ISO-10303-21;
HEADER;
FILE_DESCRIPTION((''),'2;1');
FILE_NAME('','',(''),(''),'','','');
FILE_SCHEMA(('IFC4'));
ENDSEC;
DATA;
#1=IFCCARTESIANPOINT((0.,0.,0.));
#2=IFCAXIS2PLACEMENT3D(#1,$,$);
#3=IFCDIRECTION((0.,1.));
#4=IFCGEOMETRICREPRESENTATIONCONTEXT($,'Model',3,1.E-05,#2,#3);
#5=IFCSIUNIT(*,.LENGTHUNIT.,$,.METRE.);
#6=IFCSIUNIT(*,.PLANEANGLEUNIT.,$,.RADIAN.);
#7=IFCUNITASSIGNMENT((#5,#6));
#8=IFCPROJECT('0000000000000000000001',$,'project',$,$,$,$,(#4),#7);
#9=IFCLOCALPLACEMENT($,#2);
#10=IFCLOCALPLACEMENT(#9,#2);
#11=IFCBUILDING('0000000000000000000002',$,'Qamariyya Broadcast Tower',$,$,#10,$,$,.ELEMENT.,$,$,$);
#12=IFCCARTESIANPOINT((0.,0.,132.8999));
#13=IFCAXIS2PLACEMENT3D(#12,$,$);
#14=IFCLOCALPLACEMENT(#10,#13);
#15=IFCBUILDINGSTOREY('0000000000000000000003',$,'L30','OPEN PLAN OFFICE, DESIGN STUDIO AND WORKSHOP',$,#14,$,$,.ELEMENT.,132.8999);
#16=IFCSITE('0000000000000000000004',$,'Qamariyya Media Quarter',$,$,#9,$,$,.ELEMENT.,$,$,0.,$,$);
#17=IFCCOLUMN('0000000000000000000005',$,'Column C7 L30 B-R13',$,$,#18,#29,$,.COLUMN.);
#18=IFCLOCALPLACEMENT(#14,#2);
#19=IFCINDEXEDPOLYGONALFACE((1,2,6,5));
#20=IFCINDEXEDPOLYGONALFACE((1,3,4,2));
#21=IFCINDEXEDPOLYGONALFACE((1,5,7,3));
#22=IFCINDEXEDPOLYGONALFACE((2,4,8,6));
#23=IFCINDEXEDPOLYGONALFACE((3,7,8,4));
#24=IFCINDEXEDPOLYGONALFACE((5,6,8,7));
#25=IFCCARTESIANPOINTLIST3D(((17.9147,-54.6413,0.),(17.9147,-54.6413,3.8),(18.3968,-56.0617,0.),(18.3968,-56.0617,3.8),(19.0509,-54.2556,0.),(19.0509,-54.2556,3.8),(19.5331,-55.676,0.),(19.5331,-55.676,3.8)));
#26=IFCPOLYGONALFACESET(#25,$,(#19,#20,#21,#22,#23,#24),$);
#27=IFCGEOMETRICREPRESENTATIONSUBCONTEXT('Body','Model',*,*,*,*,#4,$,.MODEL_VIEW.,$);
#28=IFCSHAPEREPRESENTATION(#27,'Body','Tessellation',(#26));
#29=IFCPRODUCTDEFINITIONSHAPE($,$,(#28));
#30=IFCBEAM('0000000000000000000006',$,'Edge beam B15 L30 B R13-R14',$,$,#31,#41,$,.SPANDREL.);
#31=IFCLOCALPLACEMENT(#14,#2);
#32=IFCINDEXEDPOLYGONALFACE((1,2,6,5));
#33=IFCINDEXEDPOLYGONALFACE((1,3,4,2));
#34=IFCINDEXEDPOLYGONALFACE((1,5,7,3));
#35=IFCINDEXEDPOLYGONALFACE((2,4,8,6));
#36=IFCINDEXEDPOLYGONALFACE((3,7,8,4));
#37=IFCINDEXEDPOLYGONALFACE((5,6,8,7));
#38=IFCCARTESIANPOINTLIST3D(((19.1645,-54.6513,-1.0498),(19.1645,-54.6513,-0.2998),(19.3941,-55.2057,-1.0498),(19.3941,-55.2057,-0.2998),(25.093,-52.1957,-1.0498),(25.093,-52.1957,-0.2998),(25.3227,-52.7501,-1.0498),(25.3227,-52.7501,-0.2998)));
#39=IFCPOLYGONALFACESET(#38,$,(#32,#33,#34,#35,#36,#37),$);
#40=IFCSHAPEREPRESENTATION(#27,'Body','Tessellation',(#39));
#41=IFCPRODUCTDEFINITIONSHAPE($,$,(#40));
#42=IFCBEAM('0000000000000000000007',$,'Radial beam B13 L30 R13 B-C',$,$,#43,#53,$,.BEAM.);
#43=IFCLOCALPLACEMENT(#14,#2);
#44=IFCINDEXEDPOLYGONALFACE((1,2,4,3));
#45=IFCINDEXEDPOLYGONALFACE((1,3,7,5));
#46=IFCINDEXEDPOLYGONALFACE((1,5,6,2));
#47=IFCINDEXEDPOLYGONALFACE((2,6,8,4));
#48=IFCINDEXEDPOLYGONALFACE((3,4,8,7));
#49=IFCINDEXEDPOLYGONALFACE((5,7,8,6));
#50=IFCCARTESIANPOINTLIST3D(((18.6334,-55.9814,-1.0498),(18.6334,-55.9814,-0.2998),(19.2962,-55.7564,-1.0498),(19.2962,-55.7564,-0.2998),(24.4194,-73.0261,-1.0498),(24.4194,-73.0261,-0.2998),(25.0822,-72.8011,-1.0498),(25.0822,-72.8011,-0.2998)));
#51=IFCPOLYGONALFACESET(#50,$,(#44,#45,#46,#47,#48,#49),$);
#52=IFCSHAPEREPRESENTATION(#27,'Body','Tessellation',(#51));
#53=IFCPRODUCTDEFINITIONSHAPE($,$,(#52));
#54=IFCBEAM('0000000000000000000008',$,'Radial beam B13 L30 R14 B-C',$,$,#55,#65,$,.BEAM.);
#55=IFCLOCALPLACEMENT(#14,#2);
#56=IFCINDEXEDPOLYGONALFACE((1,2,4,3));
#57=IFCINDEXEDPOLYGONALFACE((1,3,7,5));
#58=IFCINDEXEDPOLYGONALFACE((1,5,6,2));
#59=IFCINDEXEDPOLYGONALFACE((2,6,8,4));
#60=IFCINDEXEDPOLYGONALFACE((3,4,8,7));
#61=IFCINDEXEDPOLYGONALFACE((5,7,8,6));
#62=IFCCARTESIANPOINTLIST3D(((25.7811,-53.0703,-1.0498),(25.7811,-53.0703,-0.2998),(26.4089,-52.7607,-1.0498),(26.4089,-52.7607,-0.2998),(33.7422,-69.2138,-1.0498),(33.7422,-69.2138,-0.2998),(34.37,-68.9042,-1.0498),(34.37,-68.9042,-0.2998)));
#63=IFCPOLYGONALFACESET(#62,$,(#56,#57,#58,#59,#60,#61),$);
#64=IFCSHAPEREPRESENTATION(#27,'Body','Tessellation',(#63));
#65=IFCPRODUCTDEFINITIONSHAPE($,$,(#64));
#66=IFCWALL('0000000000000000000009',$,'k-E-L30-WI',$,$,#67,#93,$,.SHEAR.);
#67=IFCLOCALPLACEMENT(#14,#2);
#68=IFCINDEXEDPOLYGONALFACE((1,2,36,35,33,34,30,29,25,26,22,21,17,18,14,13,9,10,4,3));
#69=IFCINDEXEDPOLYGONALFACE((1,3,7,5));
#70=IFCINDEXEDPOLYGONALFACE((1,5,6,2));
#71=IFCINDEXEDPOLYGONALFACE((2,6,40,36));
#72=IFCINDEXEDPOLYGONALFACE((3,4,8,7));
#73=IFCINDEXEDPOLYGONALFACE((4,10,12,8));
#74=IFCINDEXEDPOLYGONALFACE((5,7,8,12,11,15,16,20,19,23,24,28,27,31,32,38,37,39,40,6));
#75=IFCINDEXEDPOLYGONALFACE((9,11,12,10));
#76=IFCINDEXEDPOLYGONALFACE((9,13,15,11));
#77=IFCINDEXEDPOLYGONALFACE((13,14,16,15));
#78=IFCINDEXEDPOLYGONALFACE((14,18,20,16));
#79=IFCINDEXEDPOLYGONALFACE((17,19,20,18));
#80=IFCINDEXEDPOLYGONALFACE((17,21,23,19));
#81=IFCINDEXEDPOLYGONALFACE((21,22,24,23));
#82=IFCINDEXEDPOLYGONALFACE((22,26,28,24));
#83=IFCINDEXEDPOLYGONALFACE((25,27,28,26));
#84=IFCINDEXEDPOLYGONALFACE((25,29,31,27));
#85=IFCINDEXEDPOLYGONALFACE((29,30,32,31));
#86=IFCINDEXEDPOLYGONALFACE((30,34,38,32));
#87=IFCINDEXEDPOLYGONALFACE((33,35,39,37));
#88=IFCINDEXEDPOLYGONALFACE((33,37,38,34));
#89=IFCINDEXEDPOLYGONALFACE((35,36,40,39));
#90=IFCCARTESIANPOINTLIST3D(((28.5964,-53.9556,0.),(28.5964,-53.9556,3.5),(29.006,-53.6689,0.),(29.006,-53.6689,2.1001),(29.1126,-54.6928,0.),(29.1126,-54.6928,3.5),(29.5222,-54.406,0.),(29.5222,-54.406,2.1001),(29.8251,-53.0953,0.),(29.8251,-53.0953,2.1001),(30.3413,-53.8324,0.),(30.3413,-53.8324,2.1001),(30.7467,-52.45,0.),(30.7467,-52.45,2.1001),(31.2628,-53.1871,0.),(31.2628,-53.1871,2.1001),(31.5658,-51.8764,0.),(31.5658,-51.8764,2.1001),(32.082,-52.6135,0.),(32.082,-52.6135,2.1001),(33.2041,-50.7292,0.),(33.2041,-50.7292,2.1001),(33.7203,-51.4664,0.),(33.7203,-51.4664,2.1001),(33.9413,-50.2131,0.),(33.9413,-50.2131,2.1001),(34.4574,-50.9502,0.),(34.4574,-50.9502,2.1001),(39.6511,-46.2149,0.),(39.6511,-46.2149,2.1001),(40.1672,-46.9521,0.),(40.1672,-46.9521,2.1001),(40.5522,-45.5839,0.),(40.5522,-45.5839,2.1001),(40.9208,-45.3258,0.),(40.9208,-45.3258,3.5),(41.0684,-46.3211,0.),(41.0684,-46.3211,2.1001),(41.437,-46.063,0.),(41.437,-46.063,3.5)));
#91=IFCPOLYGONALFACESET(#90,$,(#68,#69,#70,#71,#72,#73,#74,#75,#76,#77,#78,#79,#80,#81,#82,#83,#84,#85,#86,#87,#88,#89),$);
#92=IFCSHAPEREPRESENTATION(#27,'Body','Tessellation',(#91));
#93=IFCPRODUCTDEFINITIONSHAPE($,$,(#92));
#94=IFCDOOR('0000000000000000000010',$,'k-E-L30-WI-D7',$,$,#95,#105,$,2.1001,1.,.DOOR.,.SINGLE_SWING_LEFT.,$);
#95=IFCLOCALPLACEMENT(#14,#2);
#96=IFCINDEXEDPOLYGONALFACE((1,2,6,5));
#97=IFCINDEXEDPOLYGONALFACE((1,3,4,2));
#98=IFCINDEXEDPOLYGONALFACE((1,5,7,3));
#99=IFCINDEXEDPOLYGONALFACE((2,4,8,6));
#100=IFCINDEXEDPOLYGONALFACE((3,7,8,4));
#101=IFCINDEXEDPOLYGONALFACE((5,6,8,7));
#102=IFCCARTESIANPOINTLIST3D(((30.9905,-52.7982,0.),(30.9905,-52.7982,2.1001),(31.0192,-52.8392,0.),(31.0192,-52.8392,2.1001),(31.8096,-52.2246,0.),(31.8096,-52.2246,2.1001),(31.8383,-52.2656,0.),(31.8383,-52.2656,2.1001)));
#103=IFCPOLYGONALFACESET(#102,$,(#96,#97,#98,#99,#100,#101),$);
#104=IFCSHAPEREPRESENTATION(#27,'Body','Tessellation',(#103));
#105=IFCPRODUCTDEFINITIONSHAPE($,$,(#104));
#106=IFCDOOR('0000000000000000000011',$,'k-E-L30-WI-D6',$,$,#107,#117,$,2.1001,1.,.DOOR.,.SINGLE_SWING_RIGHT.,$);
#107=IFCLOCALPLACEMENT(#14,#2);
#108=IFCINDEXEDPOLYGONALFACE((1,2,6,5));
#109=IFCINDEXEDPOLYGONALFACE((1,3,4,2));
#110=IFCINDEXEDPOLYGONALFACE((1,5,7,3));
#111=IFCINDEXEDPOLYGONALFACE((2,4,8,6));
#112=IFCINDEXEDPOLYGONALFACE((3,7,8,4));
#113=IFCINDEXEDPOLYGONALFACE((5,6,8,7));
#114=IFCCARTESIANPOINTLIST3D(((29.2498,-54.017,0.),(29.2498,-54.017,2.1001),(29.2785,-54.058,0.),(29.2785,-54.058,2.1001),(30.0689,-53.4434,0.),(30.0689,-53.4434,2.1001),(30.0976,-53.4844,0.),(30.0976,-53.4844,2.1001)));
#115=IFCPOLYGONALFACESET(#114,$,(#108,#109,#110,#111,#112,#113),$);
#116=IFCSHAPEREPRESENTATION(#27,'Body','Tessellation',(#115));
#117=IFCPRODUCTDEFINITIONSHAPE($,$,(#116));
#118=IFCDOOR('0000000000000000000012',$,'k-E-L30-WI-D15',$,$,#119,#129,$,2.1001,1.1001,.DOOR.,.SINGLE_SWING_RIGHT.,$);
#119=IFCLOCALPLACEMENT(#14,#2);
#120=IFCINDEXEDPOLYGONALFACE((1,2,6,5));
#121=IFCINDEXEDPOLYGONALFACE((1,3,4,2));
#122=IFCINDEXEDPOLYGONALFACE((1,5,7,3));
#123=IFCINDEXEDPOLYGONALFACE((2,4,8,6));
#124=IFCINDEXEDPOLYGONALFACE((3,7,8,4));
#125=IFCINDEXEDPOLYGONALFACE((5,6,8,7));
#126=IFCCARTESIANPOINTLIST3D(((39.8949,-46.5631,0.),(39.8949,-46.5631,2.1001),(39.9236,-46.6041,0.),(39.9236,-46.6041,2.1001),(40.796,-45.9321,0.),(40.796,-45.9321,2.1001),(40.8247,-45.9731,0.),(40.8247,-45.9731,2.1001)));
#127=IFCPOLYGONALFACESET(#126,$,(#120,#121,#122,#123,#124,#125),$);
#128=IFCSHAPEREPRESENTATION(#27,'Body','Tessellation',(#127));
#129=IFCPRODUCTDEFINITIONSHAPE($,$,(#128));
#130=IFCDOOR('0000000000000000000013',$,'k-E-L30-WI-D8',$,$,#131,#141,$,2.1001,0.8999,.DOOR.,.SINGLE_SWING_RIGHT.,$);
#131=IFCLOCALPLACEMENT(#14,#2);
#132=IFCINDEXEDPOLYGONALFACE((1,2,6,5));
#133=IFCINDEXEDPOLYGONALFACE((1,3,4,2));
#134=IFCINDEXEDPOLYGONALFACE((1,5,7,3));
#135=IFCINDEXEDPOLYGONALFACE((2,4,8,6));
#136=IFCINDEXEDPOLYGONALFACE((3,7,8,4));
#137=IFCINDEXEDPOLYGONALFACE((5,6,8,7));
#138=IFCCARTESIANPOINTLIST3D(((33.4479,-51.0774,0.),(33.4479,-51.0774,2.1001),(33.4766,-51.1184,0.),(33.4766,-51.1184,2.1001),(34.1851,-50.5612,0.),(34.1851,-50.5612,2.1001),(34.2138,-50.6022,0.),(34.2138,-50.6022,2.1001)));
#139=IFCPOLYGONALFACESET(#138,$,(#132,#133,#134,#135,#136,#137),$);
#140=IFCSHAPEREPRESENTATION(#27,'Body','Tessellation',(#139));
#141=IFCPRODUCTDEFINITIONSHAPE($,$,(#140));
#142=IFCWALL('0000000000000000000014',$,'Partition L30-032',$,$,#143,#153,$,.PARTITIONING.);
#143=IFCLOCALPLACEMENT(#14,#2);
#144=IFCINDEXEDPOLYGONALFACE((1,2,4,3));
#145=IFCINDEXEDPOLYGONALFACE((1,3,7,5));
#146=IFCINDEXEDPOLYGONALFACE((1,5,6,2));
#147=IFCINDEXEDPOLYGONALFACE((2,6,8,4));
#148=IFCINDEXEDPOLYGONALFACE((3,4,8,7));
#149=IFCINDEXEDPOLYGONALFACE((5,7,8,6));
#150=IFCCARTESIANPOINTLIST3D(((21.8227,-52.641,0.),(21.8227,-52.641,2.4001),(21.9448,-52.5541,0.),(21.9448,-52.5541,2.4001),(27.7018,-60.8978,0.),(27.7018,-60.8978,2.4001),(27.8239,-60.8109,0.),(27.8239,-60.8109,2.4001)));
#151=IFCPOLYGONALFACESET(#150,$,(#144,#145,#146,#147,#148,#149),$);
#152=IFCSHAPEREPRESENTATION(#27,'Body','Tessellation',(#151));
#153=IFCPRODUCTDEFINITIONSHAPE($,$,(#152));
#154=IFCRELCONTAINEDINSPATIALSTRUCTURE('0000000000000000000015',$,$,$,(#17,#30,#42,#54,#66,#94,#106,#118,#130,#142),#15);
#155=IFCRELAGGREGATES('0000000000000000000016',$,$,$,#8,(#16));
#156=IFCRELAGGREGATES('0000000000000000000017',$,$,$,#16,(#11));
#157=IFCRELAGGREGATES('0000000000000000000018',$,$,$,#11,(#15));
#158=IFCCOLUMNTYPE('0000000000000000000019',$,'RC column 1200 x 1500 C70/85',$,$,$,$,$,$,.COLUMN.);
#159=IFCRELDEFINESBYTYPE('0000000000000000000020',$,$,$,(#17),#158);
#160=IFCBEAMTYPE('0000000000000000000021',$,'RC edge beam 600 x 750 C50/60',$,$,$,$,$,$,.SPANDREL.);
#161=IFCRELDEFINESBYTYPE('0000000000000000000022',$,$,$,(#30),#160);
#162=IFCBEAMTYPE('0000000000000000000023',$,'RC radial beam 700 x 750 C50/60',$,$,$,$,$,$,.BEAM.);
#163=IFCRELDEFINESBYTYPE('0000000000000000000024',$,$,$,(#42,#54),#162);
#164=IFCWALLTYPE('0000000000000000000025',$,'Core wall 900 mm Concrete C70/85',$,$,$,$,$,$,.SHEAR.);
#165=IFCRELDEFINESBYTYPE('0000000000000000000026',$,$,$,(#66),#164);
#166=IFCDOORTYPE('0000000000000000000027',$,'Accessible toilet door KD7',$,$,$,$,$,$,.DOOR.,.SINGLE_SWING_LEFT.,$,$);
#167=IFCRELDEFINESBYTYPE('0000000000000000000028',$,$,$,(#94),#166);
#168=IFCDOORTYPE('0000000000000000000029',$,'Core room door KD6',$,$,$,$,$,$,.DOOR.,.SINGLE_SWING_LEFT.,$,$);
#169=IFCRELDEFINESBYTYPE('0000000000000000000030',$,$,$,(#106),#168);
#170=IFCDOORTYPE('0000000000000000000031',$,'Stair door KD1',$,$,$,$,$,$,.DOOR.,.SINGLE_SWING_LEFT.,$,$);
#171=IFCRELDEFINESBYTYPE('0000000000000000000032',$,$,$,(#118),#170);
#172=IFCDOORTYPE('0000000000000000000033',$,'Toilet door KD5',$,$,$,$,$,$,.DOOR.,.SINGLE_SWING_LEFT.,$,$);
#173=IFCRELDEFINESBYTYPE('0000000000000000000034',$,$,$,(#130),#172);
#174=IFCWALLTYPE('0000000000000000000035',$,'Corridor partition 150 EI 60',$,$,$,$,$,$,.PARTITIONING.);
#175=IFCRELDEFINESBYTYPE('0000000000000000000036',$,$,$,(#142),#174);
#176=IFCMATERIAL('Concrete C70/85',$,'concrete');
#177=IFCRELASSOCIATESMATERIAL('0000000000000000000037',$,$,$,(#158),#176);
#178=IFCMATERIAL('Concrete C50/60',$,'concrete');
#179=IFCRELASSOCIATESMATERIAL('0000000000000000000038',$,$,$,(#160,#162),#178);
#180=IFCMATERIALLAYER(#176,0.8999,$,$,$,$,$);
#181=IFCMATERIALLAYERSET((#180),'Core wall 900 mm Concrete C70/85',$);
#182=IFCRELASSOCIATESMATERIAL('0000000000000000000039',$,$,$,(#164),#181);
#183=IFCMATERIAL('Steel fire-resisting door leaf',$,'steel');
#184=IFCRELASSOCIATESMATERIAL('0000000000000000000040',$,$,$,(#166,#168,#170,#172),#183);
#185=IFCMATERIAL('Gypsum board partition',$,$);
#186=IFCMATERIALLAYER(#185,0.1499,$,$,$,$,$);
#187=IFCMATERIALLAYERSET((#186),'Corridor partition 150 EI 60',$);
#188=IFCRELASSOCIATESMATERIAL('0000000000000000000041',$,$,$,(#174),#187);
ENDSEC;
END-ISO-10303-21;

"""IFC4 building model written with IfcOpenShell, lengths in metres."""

from ifc_helpers import new_model, si_unit, direction, frame, frame_2d, origin, origin_2d, place, context, subcontext, project, spatial, rectangle, extrude, material, layer, layer_set, material_profile, profile_set, type_object, element, fill, save


model = new_model("IFC4")

# Units and contexts
model_context = context("Model", 3, precision=1e-05, world=origin(), true_north=direction((0.0, 1.0)))
body_context = subcontext(model_context, "Body", "Model", "MODEL_VIEW")
ifc_project = project(units=[si_unit("LENGTHUNIT", "METRE"), si_unit("PLANEANGLEUNIT", "RADIAN")], contexts=[model_context])

# Site, building, storey
site_placement = place(None, origin())
site = spatial("IfcSite", under=ifc_project, at=site_placement, Name="Qamariyya Media Quarter", CompositionType="ELEMENT", RefElevation=0.0)
building_placement = place(site_placement, origin())
building = spatial("IfcBuilding", under=site, at=building_placement, Name="Qamariyya Broadcast Tower", CompositionType="ELEMENT")
storey_placement = place(building_placement, frame((0.0, 0.0, 132.8999)))
storey = spatial("IfcBuildingStorey", under=building, at=storey_placement, Name="L30", Description="OPEN PLAN OFFICE, DESIGN STUDIO AND WORKSHOP", CompositionType="ELEMENT", Elevation=132.8999)

# Column
ifc_material_1 = material(Name="Concrete C70/85", Category="concrete")
ifc_material_profile_1 = material_profile(ifc_material_1, rectangle(XDim=1.2, YDim=1.5, at=origin_2d()))
ifc_profile_set_1 = profile_set([ifc_material_profile_1], Name="Concrete C70/85")
column_type = type_object("IfcColumnType", Name="RC column 1200 x 1500 C70/85", PredefinedType="COLUMN", material=ifc_profile_set_1)
column_placement = place(storey_placement, frame((18.7239, -55.1587, 0.0), z_axis=(0.0, 0.0, 1.0), x_axis=(0.94693, 0.321439, 0.0)))
element("IfcColumn", 1, at=column_placement, inside=storey, type_object=column_type, Name="Column C7 L30 B-R13", PredefinedType="COLUMN", context=body_context, shape_type="SweptSolid", body=[
    extrude(rectangle(XDim=1.2, YDim=1.5, at=origin_2d()), origin(), (0.0, 0.0, 1.0), 3.8),
])

# Beams
ifc_material_2 = material(Name="Concrete C50/60", Category="concrete")
ifc_material_profile_2 = material_profile(ifc_material_2, rectangle(XDim=0.6001, YDim=0.75, at=origin_2d()))
ifc_profile_set_2 = profile_set([ifc_material_profile_2], Name="Concrete C50/60")
beam_type_1 = type_object("IfcBeamType", Name="RC edge beam 600 x 750 C50/60", PredefinedType="SPANDREL", material=ifc_profile_set_2)
beam_1_placement = place(storey_placement, frame((19.2793, -54.9285, -0.6748), z_axis=(0.923884, 0.382672, 0.0), x_axis=(-0.382672, 0.923884, 0.0)))
element("IfcBeam", 2, at=beam_1_placement, inside=storey, type_object=beam_type_1, Name="Edge beam B15 L30 B R13-R14", PredefinedType="SPANDREL", context=body_context, shape_type="SweptSolid", body=[
    extrude(rectangle(XDim=0.6001, YDim=0.75, at=origin_2d()), origin(), (0.0, 0.0, 1.0), 6.417),
])
ifc_material_profile_3 = material_profile(ifc_material_2, rectangle(XDim=0.7, YDim=0.75, at=origin_2d()))
ifc_profile_set_3 = profile_set([ifc_material_profile_3], Name="Concrete C50/60")
beam_type_2 = type_object("IfcBeamType", Name="RC radial beam 700 x 750 C50/60", PredefinedType="BEAM", material=ifc_profile_set_3)
beam_2_placement = place(storey_placement, frame((18.9648, -55.8689, -0.6748), z_axis=(0.321439, -0.94693, 0.0), x_axis=(0.94693, 0.321439, 0.0)))
element("IfcBeam", 3, at=beam_2_placement, inside=storey, type_object=beam_type_2, Name="Radial beam B13 L30 R13 B-C", PredefinedType="BEAM", context=body_context, shape_type="SweptSolid", body=[
    extrude(rectangle(XDim=0.7, YDim=0.75, at=origin_2d()), origin(), (0.0, 0.0, 1.0), 18.0),
])
beam_3_placement = place(storey_placement, frame((26.095, -52.9155, -0.6748), z_axis=(0.442291, -0.896871, 0.0), x_axis=(0.896871, 0.442291, 0.0)))
element("IfcBeam", 4, at=beam_3_placement, inside=storey, type_object=beam_type_2, Name="Radial beam B13 L30 R14 B-C", PredefinedType="BEAM", context=body_context, shape_type="SweptSolid", body=[
    extrude(rectangle(XDim=0.7, YDim=0.75, at=origin_2d()), origin(), (0.0, 0.0, 1.0), 17.9998),
])

# Wall, openings, doors
ifc_layer_1 = layer(ifc_material_1, 0.8999)
ifc_layer_set_1 = layer_set([ifc_layer_1], Name="Core wall 900 mm Concrete C70/85")
wall_type_1 = type_object("IfcWallType", Name="Core wall 900 mm Concrete C70/85", PredefinedType="SHEAR", material=ifc_layer_set_1)
wall_1_placement = place(storey_placement, frame((28.8545, -54.3242, 0.0), z_axis=(0.0, 0.0, 1.0), x_axis=(0.819146, 0.573585, 0.0)))
wall_1 = element("IfcWall", 5, at=wall_1_placement, inside=storey, type_object=wall_type_1, Name="k-E-L30-WI", PredefinedType="SHEAR", context=body_context, shape_type="SweptSolid", body=[
    extrude(rectangle(XDim=15.0454, YDim=0.8999, at=frame_2d((7.5227, 0.0))), origin(), (0.0, 0.0, 1.0), 3.5),
])
opening_1_placement = place(wall_1_placement, frame((0.5, 0.0, 0.0)))
opening_1 = element("IfcOpeningElement", 6, at=opening_1_placement, cuts=wall_1, PredefinedType="OPENING", context=body_context, shape_type="SweptSolid", body=[
    extrude(rectangle(XDim=1.0, YDim=2.1001, at=frame_2d((0.5, 1.05))), frame((0.0, 0.46, 0.0), z_axis=(0.0, -1.0, 0.0), x_axis=(1.0, 0.0, 0.0)), (0.0, 0.0, 1.0), 0.9199),
])
opening_2_placement = place(wall_1_placement, frame((2.625, 0.0, 0.0)))
opening_2 = element("IfcOpeningElement", 7, at=opening_2_placement, cuts=wall_1, PredefinedType="OPENING", context=body_context, shape_type="SweptSolid", body=[
    extrude(rectangle(XDim=1.0, YDim=2.1001, at=frame_2d((0.5, 1.05))), frame((0.0, 0.46, 0.0), z_axis=(0.0, -1.0, 0.0), x_axis=(1.0, 0.0, 0.0)), (0.0, 0.0, 1.0), 0.9199),
])
opening_3_placement = place(wall_1_placement, frame((5.625, 0.0, 0.0)))
opening_3 = element("IfcOpeningElement", 8, at=opening_3_placement, cuts=wall_1, PredefinedType="OPENING", context=body_context, shape_type="SweptSolid", body=[
    extrude(rectangle(XDim=0.8999, YDim=2.1001, at=frame_2d((0.45, 1.05))), frame((0.0, 0.46, 0.0), z_axis=(0.0, -1.0, 0.0), x_axis=(1.0, 0.0, 0.0)), (0.0, 0.0, 1.0), 0.9199),
])
opening_4_placement = place(wall_1_placement, frame((13.4954, 0.0, 0.0)))
opening_4 = element("IfcOpeningElement", 9, at=opening_4_placement, cuts=wall_1, PredefinedType="OPENING", context=body_context, shape_type="SweptSolid", body=[
    extrude(rectangle(XDim=1.1001, YDim=2.1001, at=frame_2d((0.55, 1.05))), frame((0.0, 0.46, 0.0), z_axis=(0.0, -1.0, 0.0), x_axis=(1.0, 0.0, 0.0)), (0.0, 0.0, 1.0), 0.9199),
])
ifc_material_3 = material(Name="Steel fire-resisting door leaf", Category="steel")
door_type_1 = type_object("IfcDoorType", Name="Accessible toilet door KD7", OperationType="SINGLE_SWING_LEFT", PredefinedType="DOOR", material=ifc_material_3)
door_1_placement = place(opening_2_placement, origin())
door_1 = element("IfcDoor", 10, at=door_1_placement, inside=storey, type_object=door_type_1, Name="k-E-L30-WI-D7", OperationType="SINGLE_SWING_LEFT", OverallHeight=2.1001, OverallWidth=1.0, PredefinedType="DOOR", context=body_context, shape_type="SweptSolid", body=[
    extrude(rectangle(XDim=1.0, YDim=2.1001, at=frame_2d((0.5, 1.05))), frame((0.0, 0.0249, 0.0), z_axis=(0.0, -1.0, 0.0), x_axis=(1.0, 0.0, 0.0)), (0.0, 0.0, 1.0), 0.05),
])
fill(opening_2, door_1)
door_type_2 = type_object("IfcDoorType", Name="Core room door KD6", OperationType="SINGLE_SWING_LEFT", PredefinedType="DOOR", material=ifc_material_3)
door_2_placement = place(opening_1_placement, origin())
door_2 = element("IfcDoor", 11, at=door_2_placement, inside=storey, type_object=door_type_2, Name="k-E-L30-WI-D6", OperationType="SINGLE_SWING_RIGHT", OverallHeight=2.1001, OverallWidth=1.0, PredefinedType="DOOR", context=body_context, shape_type="SweptSolid", body=[
    extrude(rectangle(XDim=1.0, YDim=2.1001, at=frame_2d((0.5, 1.05))), frame((0.0, 0.0249, 0.0), z_axis=(0.0, -1.0, 0.0), x_axis=(1.0, 0.0, 0.0)), (0.0, 0.0, 1.0), 0.05),
])
fill(opening_1, door_2)
door_type_3 = type_object("IfcDoorType", Name="Stair door KD1", OperationType="SINGLE_SWING_LEFT", PredefinedType="DOOR", material=ifc_material_3)
door_3_placement = place(opening_4_placement, origin())
door_3 = element("IfcDoor", 12, at=door_3_placement, inside=storey, type_object=door_type_3, Name="k-E-L30-WI-D15", OperationType="SINGLE_SWING_RIGHT", OverallHeight=2.1001, OverallWidth=1.1001, PredefinedType="DOOR", context=body_context, shape_type="SweptSolid", body=[
    extrude(rectangle(XDim=1.1001, YDim=2.1001, at=frame_2d((0.55, 1.05))), frame((0.0, 0.0249, 0.0), z_axis=(0.0, -1.0, 0.0), x_axis=(1.0, 0.0, 0.0)), (0.0, 0.0, 1.0), 0.05),
])
fill(opening_4, door_3)
door_type_4 = type_object("IfcDoorType", Name="Toilet door KD5", OperationType="SINGLE_SWING_LEFT", PredefinedType="DOOR", material=ifc_material_3)
door_4_placement = place(opening_3_placement, origin())
door_4 = element("IfcDoor", 13, at=door_4_placement, inside=storey, type_object=door_type_4, Name="k-E-L30-WI-D8", OperationType="SINGLE_SWING_RIGHT", OverallHeight=2.1001, OverallWidth=0.8999, PredefinedType="DOOR", context=body_context, shape_type="SweptSolid", body=[
    extrude(rectangle(XDim=0.8999, YDim=2.1001, at=frame_2d((0.45, 1.05))), frame((0.0, 0.0249, 0.0), z_axis=(0.0, -1.0, 0.0), x_axis=(1.0, 0.0, 0.0)), (0.0, 0.0, 1.0), 0.05),
])
fill(opening_3, door_4)

# Wall
ifc_material_4 = material(Name="Gypsum board partition")
ifc_layer_2 = layer(ifc_material_4, 0.1499)
ifc_layer_set_2 = layer_set([ifc_layer_2], Name="Corridor partition 150 EI 60")
wall_type_2 = type_object("IfcWallType", Name="Corridor partition 150 EI 60", PredefinedType="PARTITIONING", material=ifc_layer_set_2)
wall_2_placement = place(storey_placement, frame((21.8838, -52.5977, 0.0), z_axis=(0.0, 0.0, 1.0), x_axis=(0.580023, -0.8146, 0.0)))
element("IfcWall", 14, at=wall_2_placement, inside=storey, type_object=wall_type_2, Name="Partition L30-032", PredefinedType="PARTITIONING", context=body_context, shape_type="SweptSolid", body=[
    extrude(rectangle(XDim=10.136, YDim=0.1499, at=frame_2d((5.0679, 0.0))), origin(), (0.0, 0.0, 1.0), 2.4001),
])

save(model, "model.ifc")
